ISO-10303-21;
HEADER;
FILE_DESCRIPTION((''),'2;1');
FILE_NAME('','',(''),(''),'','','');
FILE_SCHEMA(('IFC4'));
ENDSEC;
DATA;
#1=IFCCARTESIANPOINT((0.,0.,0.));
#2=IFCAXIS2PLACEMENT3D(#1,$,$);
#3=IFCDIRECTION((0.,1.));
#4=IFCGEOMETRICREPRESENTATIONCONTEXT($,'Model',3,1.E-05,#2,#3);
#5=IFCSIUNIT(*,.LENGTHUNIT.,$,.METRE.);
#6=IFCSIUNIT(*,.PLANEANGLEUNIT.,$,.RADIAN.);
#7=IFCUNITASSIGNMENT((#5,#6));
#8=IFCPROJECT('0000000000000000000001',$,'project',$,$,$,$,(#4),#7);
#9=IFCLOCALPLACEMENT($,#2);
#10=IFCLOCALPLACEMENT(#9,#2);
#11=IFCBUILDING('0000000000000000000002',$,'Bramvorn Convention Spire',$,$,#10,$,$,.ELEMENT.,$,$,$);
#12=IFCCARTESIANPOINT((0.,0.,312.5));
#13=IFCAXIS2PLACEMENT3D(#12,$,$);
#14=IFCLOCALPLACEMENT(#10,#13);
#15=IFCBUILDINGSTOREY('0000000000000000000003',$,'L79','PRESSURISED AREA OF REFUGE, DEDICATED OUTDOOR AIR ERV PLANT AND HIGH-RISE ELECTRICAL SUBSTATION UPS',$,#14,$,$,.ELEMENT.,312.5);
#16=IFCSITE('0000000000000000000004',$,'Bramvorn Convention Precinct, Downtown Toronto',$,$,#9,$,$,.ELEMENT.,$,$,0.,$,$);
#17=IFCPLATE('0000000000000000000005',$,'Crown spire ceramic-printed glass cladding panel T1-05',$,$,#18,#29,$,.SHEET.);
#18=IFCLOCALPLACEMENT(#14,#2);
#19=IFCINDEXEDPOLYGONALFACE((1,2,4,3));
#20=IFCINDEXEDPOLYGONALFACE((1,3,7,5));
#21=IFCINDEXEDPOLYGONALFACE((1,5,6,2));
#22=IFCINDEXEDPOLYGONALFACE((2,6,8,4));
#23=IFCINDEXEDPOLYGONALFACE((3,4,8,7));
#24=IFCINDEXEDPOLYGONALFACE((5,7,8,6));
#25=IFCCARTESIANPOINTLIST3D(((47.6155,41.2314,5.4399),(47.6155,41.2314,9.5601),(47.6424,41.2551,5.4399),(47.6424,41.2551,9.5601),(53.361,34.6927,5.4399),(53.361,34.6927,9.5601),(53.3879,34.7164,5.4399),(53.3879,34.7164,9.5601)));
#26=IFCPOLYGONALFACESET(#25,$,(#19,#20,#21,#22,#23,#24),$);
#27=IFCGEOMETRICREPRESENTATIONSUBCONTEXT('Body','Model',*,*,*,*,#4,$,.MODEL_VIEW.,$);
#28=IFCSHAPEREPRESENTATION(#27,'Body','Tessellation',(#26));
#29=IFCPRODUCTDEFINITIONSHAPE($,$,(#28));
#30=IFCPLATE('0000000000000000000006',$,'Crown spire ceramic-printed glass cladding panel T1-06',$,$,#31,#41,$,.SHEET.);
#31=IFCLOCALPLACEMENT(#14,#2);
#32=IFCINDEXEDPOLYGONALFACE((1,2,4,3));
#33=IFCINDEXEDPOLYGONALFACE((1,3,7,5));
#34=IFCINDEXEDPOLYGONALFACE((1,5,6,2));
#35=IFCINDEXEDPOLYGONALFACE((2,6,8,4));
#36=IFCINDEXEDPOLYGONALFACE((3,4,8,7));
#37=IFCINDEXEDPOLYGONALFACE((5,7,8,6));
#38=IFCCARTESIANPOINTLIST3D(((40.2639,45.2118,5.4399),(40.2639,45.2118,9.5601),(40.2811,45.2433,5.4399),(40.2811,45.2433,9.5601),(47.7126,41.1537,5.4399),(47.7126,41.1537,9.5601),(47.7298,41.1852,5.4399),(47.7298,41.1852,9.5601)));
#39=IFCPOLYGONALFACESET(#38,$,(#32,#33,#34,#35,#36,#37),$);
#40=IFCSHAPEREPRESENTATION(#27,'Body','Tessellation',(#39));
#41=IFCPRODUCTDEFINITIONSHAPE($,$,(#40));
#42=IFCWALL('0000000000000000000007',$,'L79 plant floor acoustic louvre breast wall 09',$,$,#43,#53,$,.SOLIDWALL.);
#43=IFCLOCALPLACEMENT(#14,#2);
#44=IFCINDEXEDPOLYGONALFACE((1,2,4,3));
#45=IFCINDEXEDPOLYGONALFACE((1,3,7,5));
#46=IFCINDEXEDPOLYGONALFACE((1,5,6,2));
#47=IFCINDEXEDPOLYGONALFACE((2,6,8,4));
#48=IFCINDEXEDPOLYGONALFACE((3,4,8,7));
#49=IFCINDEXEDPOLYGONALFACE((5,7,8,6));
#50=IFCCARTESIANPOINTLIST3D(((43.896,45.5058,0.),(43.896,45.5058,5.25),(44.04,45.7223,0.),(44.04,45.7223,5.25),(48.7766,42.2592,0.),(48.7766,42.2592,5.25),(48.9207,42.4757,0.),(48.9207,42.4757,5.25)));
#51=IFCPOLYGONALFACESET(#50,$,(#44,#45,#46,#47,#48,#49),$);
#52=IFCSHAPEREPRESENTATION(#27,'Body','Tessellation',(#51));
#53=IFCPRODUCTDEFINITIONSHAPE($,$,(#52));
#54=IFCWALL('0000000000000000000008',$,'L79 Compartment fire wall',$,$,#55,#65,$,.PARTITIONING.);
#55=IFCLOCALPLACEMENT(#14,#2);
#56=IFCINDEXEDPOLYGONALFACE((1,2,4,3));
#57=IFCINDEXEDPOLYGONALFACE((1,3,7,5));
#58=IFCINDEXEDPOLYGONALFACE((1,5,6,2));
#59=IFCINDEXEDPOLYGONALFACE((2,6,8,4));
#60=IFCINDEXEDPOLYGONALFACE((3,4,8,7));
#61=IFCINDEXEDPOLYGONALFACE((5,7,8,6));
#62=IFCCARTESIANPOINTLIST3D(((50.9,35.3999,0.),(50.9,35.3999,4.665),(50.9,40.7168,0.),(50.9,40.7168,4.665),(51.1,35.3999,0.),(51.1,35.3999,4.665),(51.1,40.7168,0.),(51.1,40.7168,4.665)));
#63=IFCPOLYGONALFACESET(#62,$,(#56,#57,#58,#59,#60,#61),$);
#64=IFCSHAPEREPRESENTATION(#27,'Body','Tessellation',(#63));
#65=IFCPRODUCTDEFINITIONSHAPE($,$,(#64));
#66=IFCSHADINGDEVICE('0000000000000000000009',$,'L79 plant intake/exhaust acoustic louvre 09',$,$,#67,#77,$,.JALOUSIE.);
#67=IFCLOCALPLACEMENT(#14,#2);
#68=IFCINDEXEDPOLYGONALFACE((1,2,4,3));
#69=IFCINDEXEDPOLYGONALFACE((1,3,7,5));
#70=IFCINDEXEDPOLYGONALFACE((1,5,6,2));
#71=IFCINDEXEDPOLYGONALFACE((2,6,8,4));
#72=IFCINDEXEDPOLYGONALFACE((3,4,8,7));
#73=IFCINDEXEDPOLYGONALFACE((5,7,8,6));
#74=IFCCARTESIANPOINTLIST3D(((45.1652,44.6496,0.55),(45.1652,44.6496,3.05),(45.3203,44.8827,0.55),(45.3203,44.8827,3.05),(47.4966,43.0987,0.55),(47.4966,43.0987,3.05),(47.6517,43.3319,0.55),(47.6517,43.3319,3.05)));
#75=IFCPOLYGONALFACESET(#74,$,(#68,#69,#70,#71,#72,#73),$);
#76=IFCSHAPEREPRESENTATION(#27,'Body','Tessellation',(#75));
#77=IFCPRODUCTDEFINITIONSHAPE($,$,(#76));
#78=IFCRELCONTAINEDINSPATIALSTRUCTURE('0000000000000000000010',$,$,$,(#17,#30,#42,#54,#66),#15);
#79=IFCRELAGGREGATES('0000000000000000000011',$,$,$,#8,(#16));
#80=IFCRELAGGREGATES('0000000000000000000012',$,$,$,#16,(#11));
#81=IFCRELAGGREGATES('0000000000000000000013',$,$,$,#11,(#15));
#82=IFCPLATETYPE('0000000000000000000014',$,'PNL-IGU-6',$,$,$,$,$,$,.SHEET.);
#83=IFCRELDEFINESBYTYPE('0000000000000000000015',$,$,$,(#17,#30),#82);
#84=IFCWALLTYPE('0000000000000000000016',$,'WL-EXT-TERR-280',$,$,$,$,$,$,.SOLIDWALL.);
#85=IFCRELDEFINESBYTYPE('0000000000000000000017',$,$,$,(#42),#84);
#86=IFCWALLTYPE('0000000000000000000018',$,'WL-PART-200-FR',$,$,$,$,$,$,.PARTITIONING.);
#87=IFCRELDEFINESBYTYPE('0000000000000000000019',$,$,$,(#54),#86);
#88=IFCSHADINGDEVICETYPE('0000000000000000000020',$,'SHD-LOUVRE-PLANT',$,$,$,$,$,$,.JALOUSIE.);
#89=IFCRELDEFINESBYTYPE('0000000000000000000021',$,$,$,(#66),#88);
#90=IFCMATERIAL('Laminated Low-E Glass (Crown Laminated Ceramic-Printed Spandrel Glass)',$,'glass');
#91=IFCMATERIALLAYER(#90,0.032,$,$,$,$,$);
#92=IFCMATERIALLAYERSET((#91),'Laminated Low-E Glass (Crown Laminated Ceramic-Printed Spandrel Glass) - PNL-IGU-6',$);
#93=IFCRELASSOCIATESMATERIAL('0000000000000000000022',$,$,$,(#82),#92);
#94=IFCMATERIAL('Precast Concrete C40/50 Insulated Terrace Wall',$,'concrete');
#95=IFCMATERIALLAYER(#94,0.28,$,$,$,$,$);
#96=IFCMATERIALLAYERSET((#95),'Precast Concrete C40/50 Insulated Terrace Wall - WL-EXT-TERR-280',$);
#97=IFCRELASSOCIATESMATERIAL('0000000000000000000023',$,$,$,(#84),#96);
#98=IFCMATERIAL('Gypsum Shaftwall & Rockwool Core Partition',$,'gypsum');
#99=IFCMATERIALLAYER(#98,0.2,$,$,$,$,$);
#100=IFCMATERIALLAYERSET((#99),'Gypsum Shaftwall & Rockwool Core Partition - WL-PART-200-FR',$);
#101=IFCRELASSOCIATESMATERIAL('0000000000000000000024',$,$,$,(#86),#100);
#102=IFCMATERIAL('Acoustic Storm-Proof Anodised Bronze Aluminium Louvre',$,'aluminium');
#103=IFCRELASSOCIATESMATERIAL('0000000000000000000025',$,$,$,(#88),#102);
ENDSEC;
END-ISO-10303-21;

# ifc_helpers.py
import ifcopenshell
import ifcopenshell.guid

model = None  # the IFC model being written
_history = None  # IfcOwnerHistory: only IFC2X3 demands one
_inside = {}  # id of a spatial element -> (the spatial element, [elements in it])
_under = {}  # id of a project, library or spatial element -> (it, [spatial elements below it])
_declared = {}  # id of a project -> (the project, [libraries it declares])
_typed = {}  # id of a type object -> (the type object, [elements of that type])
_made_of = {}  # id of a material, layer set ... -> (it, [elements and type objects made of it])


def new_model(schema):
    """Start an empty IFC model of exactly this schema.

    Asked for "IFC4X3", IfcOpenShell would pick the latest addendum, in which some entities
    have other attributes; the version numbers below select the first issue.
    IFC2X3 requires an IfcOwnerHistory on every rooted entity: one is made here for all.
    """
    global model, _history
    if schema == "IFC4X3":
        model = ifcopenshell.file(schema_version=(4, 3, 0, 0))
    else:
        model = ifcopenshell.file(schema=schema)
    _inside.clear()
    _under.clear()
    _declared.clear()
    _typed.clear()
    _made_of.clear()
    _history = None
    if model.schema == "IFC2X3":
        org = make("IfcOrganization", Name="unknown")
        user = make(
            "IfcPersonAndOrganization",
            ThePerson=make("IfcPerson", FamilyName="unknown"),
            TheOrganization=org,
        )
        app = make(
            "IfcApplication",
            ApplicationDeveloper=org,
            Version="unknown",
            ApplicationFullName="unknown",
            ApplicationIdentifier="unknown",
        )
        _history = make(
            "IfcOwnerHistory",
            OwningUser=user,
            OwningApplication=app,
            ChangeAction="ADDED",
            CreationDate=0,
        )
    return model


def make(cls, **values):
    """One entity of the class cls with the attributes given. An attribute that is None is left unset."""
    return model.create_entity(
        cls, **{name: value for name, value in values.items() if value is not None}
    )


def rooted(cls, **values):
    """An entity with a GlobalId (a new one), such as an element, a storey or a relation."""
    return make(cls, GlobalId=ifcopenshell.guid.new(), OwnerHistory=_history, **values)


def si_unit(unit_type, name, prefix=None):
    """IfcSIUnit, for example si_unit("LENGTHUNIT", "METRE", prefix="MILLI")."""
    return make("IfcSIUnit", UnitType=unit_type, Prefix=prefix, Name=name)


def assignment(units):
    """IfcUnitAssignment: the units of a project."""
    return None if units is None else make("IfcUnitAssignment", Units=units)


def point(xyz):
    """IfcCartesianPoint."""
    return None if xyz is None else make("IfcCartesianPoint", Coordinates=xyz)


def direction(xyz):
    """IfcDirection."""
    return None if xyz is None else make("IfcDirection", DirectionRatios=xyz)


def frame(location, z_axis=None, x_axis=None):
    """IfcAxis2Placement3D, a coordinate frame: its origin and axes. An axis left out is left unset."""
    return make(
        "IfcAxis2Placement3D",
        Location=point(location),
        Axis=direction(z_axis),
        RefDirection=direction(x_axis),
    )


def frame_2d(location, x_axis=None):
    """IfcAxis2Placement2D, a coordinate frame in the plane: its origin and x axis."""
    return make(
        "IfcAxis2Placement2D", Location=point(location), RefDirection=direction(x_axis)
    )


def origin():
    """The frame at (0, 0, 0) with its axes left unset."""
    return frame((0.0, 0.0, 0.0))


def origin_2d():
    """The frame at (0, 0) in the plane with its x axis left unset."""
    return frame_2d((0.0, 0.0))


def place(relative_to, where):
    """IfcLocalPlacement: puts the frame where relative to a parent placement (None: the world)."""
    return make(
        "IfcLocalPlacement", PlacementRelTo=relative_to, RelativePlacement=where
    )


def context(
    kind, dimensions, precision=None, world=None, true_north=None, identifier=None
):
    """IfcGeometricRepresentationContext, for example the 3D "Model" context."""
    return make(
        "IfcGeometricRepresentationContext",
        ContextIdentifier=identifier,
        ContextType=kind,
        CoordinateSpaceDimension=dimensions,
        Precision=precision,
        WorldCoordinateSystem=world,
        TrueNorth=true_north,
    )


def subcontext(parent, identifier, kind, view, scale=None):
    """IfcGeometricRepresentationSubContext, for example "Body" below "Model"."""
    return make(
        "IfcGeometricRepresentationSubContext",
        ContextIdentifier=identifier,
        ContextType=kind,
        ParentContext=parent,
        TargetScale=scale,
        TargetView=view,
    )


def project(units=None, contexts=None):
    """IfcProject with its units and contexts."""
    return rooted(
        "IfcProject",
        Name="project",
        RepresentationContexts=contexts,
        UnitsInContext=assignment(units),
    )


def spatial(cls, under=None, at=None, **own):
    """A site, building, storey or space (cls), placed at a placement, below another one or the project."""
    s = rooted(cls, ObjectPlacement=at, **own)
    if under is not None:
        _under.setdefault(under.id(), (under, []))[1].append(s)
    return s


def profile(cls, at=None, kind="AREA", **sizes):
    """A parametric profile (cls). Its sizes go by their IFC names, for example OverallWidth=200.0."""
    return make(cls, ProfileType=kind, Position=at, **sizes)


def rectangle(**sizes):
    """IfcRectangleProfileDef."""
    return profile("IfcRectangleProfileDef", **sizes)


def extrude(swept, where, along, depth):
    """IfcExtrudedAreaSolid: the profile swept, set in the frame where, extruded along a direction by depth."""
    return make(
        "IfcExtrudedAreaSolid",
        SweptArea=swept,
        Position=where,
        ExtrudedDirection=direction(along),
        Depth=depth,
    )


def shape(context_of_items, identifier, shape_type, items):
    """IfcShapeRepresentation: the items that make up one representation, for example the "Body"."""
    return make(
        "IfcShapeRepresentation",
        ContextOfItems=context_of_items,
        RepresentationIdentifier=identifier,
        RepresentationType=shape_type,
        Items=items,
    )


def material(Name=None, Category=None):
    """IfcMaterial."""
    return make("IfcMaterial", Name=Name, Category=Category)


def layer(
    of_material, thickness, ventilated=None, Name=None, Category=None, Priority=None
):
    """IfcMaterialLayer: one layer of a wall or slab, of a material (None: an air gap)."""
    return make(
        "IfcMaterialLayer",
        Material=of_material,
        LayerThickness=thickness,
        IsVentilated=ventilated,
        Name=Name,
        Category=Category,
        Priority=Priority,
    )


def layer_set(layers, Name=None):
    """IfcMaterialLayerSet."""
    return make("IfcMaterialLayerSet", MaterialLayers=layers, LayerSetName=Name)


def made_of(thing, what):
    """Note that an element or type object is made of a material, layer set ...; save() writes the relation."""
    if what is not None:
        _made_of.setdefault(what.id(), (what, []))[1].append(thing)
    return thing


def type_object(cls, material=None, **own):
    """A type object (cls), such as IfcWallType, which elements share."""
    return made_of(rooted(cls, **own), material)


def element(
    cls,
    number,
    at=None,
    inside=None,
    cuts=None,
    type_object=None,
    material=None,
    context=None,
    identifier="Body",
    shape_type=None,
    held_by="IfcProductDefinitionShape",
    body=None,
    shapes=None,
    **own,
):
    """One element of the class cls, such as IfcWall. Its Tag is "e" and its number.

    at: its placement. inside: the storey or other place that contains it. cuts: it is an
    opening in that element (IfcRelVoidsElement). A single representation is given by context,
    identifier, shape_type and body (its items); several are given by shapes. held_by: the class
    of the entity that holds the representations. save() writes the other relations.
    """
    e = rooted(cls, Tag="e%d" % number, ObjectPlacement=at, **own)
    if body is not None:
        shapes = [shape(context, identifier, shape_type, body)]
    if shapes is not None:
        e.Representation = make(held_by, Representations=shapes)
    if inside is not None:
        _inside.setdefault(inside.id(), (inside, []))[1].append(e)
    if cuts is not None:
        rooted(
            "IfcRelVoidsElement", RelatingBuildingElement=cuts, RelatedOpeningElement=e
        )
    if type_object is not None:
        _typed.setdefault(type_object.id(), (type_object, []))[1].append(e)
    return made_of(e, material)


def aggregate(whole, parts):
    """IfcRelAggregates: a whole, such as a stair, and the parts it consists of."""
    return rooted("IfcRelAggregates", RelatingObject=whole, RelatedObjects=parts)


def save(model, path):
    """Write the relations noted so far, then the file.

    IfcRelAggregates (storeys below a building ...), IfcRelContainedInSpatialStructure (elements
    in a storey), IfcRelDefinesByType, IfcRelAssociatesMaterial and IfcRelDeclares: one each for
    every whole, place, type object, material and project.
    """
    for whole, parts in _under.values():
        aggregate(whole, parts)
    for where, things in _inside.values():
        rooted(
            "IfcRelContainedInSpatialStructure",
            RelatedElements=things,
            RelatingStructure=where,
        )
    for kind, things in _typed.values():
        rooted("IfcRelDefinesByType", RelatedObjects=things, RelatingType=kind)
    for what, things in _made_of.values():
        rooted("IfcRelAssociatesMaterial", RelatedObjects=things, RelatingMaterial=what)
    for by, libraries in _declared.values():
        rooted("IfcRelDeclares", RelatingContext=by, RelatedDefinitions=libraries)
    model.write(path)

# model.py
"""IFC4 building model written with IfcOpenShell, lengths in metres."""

from ifc_helpers import new_model, si_unit, direction, frame, frame_2d, origin, origin_2d, place, context, subcontext, project, spatial, rectangle, extrude, material, layer, layer_set, type_object, element, save


model = new_model("IFC4")

# Units and contexts
model_context = context("Model", 3, precision=1e-05, world=origin(), true_north=direction((0.0, 1.0)))
body_context = subcontext(model_context, "Body", "Model", "MODEL_VIEW")
ifc_project = project(units=[si_unit("LENGTHUNIT", "METRE"), si_unit("PLANEANGLEUNIT", "RADIAN")], contexts=[model_context])

# Site, building, storey
site_placement = place(None, origin())
site = spatial("IfcSite", under=ifc_project, at=site_placement, Name="Bramvorn Convention Precinct, Downtown Toronto", CompositionType="ELEMENT", RefElevation=0.0)
building_placement = place(site_placement, origin())
building = spatial("IfcBuilding", under=site, at=building_placement, Name="Bramvorn Convention Spire", CompositionType="ELEMENT")
storey_placement = place(building_placement, frame((0.0, 0.0, 312.5)))
storey = spatial("IfcBuildingStorey", under=building, at=storey_placement, Name="L79", Description="PRESSURISED AREA OF REFUGE, DEDICATED OUTDOOR AIR ERV PLANT AND HIGH-RISE ELECTRICAL SUBSTATION UPS", CompositionType="ELEMENT", Elevation=312.5)

# Plates
ifc_material_1 = material(Name="Laminated Low-E Glass (Crown Laminated Ceramic-Printed Spandrel Glass)", Category="glass")
ifc_layer_1 = layer(ifc_material_1, 0.032)
ifc_layer_set_1 = layer_set([ifc_layer_1], Name="Laminated Low-E Glass (Crown Laminated Ceramic-Printed Spandrel Glass) - PNL-IGU-6")
plate_type_1 = type_object("IfcPlateType", Name="PNL-IGU-6", PredefinedType="SHEET", material=ifc_layer_set_1)
plate_1_placement = place(storey_placement, frame((50.5017, 37.9739, 5.4399), z_axis=(0.0, 0.0, 1.0), x_axis=(-0.660072, 0.751203, 0.0)))
element("IfcPlate", 1, at=plate_1_placement, inside=storey, type_object=plate_type_1, Name="Crown spire ceramic-printed glass cladding panel T1-05", PredefinedType="SHEET", context=body_context, shape_type="SweptSolid", body=[
    extrude(rectangle(XDim=8.7043, YDim=0.0359, at=origin_2d()), origin(), (0.0, 0.0, 1.0), 4.1201),
])
plate_2_placement = place(storey_placement, frame((43.9968, 43.1985, 5.4399), z_axis=(0.0, 0.0, 1.0), x_axis=(-0.878134, 0.478416, 0.0)))
element("IfcPlate", 2, at=plate_2_placement, inside=storey, type_object=plate_type_1, Name="Crown spire ceramic-printed glass cladding panel T1-06", PredefinedType="SHEET", context=body_context, shape_type="SweptSolid", body=[
    extrude(rectangle(XDim=8.4824, YDim=0.0359, at=origin_2d()), origin(), (0.0, 0.0, 1.0), 4.1201),
])

# Walls
ifc_material_2 = material(Name="Precast Concrete C40/50 Insulated Terrace Wall", Category="concrete")
ifc_layer_2 = layer(ifc_material_2, 0.28)
ifc_layer_set_2 = layer_set([ifc_layer_2], Name="Precast Concrete C40/50 Insulated Terrace Wall - WL-EXT-TERR-280")
wall_type_1 = type_object("IfcWallType", Name="WL-EXT-TERR-280", PredefinedType="SOLIDWALL", material=ifc_layer_set_2)
wall_1_placement = place(storey_placement, frame((43.968, 45.614, 0.0), z_axis=(0.0, 0.0, 1.0), x_axis=(0.832614, -0.553854, 0.0)))
element("IfcWall", 3, at=wall_1_placement, inside=storey, type_object=wall_type_1, Name="L79 plant floor acoustic louvre breast wall 09", PredefinedType="SOLIDWALL", context=body_context, shape_type="SweptSolid", body=[
    extrude(rectangle(XDim=5.8618, YDim=0.26, at=frame_2d((2.9309, 0.0))), origin(), (0.0, 0.0, 1.0), 5.25),
])
ifc_material_3 = material(Name="Gypsum Shaftwall & Rockwool Core Partition", Category="gypsum")
ifc_layer_3 = layer(ifc_material_3, 0.2)
ifc_layer_set_3 = layer_set([ifc_layer_3], Name="Gypsum Shaftwall & Rockwool Core Partition - WL-PART-200-FR")
wall_type_2 = type_object("IfcWallType", Name="WL-PART-200-FR", PredefinedType="PARTITIONING", material=ifc_layer_set_3)
wall_2_placement = place(storey_placement, frame((51.0, 35.3999, 0.0), z_axis=(0.0, 0.0, 1.0), x_axis=(0.0, 1.0, 0.0)))
element("IfcWall", 4, at=wall_2_placement, inside=storey, type_object=wall_type_2, Name="L79 Compartment fire wall", PredefinedType="PARTITIONING", context=body_context, shape_type="SweptSolid", body=[
    extrude(rectangle(XDim=5.3169, YDim=0.2, at=frame_2d((2.6584, 0.0))), origin(), (0.0, 0.0, 1.0), 4.665),
])

# Shading device
ifc_material_4 = material(Name="Acoustic Storm-Proof Anodised Bronze Aluminium Louvre", Category="aluminium")
shading_device_type = type_object("IfcShadingDeviceType", Name="SHD-LOUVRE-PLANT", PredefinedType="JALOUSIE", material=ifc_material_4)
shading_device_placement = place(storey_placement, frame((46.4084, 43.9907, 0.55), z_axis=(0.0, 0.0, 1.0), x_axis=(0.832609, -0.553861, 0.0)))
element("IfcShadingDevice", 5, at=shading_device_placement, inside=storey, type_object=shading_device_type, Name="L79 plant intake/exhaust acoustic louvre 09", PredefinedType="JALOUSIE", context=body_context, shape_type="SweptSolid", body=[
    extrude(rectangle(XDim=2.8, YDim=0.28, at=origin_2d()), origin(), (0.0, 0.0, 1.0), 2.5),
])

save(model, "model.ifc")
